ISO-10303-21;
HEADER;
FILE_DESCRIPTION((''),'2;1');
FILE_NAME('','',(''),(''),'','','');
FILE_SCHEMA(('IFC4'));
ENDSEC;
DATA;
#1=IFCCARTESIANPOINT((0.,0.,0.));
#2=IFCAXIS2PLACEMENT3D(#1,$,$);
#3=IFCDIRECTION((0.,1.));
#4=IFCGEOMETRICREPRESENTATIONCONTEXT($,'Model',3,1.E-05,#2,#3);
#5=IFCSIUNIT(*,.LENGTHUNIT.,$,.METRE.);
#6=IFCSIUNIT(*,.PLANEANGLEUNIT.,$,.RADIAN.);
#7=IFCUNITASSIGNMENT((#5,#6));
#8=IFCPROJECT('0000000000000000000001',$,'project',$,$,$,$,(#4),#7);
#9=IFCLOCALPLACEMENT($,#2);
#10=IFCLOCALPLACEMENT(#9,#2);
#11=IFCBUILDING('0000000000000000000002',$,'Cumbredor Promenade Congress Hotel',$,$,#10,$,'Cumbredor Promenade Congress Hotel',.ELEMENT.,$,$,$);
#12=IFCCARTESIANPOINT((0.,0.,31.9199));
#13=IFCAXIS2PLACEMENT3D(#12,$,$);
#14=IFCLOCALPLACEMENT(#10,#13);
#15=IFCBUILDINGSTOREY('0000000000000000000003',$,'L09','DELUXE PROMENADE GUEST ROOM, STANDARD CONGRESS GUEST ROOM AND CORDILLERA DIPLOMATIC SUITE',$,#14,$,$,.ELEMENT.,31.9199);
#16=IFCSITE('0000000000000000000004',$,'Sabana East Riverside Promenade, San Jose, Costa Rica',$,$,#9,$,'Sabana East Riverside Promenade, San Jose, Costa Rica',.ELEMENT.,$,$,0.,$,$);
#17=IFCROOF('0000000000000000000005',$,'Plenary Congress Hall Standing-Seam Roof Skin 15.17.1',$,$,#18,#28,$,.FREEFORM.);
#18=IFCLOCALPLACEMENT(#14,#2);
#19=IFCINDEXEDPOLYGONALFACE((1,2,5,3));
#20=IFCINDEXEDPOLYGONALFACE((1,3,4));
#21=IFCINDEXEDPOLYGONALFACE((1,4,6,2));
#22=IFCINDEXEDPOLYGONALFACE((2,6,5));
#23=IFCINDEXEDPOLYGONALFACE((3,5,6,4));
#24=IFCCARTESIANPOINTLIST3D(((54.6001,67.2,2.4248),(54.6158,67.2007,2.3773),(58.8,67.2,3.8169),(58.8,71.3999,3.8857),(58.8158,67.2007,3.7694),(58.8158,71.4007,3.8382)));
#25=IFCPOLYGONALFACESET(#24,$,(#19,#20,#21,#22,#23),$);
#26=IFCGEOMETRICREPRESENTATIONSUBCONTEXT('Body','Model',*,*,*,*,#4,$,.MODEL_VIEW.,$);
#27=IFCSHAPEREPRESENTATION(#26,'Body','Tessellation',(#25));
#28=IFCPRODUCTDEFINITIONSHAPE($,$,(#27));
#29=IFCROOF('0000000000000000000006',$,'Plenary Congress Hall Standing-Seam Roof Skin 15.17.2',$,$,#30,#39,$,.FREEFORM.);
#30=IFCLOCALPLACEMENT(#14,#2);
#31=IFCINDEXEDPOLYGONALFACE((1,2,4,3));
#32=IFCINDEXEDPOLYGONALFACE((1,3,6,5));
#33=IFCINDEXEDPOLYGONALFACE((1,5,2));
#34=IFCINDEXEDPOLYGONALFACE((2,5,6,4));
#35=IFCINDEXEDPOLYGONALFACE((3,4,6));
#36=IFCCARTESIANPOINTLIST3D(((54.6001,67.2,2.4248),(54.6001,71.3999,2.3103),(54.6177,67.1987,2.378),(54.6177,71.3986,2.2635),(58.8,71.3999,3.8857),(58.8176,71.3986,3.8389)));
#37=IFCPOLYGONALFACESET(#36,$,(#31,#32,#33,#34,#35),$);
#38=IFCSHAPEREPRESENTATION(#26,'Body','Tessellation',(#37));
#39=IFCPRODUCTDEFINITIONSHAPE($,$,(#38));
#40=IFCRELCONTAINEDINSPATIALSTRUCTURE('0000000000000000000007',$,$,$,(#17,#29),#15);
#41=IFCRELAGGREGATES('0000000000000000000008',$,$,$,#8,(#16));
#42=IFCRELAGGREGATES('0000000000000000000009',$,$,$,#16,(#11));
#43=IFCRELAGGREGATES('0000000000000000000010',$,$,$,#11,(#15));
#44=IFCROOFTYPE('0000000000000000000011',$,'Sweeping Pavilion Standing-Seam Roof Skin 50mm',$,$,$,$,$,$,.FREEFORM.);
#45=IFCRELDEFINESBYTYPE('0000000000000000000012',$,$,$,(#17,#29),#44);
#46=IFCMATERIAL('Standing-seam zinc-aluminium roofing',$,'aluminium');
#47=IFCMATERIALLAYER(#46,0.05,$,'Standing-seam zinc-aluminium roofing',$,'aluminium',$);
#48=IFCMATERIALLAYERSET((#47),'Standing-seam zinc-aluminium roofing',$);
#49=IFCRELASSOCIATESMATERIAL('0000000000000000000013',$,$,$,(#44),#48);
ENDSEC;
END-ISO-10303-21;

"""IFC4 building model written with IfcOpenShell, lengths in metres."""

from ifc_helpers import new_model, si_unit, direction, frame, origin, place, context, subcontext, project, spatial, polyline, outline, extrude, material, layer, layer_set, type_object, element, save


model = new_model("IFC4")

# Units and contexts
model_context = context("Model", 3, precision=1e-05, world=origin(), true_north=direction((0.0, 1.0)))
body_context = subcontext(model_context, "Body", "Model", "MODEL_VIEW")
ifc_project = project(units=[si_unit("LENGTHUNIT", "METRE"), si_unit("PLANEANGLEUNIT", "RADIAN")], contexts=[model_context])

# Site, building, storey
site_placement = place(None, origin())
site = spatial("IfcSite", under=ifc_project, at=site_placement, Name="Sabana East Riverside Promenade, San Jose, Costa Rica", LongName="Sabana East Riverside Promenade, San Jose, Costa Rica", CompositionType="ELEMENT", RefElevation=0.0)
building_placement = place(site_placement, origin())
building = spatial("IfcBuilding", under=site, at=building_placement, Name="Cumbredor Promenade Congress Hotel", LongName="Cumbredor Promenade Congress Hotel", CompositionType="ELEMENT")
storey_placement = place(building_placement, frame((0.0, 0.0, 31.9199)))
storey = spatial("IfcBuildingStorey", under=building, at=storey_placement, Name="L09", Description="DELUXE PROMENADE GUEST ROOM, STANDARD CONGRESS GUEST ROOM AND CORDILLERA DIPLOMATIC SUITE", CompositionType="ELEMENT", Elevation=31.9199)

# Roofs
ifc_material_1 = material(Name="Standing-seam zinc-aluminium roofing", Category="aluminium")
ifc_layer_1 = layer(ifc_material_1, 0.05, Name="Standing-seam zinc-aluminium roofing", Category="aluminium")
ifc_layer_set_1 = layer_set([ifc_layer_1], Name="Standing-seam zinc-aluminium roofing")
roof_type = type_object("IfcRoofType", Name="Sweeping Pavilion Standing-Seam Roof Skin 50mm", PredefinedType="FREEFORM", material=ifc_layer_set_1)
roof_1_placement = place(storey_placement, frame((54.6001, 67.2, 2.4248), z_axis=(-0.314584, -0.015558, 0.949102), x_axis=(0.949217, 0.0, 0.314622)))
element("IfcRoof", 1, at=roof_1_placement, inside=storey, type_object=roof_type, Name="Plenary Congress Hall Standing-Seam Roof Skin 15.17.1", PredefinedType="FREEFORM", context=body_context, shape_type="SweptSolid", body=[
    extrude(outline(polyline([(0.0, 0.0), (4.4246, 0.0), (4.4463, 4.2005), (0.0, 0.0)])), origin(), (0.0, 0.0, -1.0), 0.05),
])
roof_2_placement = place(storey_placement, frame((54.6001, 67.2, 2.4248), z_axis=(-0.351099, 0.025518, 0.935991), x_axis=(0.686641, 0.686641, 0.238846)))
element("IfcRoof", 2, at=roof_2_placement, inside=storey, type_object=roof_type, Name="Plenary Congress Hall Standing-Seam Roof Skin 15.17.2", PredefinedType="FREEFORM", context=body_context, shape_type="SweptSolid", body=[
    extrude(outline(polyline([(0.0, 0.0), (6.1167, 0.0), (2.8565, 3.0811), (0.0, 0.0)])), origin(), (0.0, 0.0, -1.0), 0.05),
])

save(model, "model.ifc")
